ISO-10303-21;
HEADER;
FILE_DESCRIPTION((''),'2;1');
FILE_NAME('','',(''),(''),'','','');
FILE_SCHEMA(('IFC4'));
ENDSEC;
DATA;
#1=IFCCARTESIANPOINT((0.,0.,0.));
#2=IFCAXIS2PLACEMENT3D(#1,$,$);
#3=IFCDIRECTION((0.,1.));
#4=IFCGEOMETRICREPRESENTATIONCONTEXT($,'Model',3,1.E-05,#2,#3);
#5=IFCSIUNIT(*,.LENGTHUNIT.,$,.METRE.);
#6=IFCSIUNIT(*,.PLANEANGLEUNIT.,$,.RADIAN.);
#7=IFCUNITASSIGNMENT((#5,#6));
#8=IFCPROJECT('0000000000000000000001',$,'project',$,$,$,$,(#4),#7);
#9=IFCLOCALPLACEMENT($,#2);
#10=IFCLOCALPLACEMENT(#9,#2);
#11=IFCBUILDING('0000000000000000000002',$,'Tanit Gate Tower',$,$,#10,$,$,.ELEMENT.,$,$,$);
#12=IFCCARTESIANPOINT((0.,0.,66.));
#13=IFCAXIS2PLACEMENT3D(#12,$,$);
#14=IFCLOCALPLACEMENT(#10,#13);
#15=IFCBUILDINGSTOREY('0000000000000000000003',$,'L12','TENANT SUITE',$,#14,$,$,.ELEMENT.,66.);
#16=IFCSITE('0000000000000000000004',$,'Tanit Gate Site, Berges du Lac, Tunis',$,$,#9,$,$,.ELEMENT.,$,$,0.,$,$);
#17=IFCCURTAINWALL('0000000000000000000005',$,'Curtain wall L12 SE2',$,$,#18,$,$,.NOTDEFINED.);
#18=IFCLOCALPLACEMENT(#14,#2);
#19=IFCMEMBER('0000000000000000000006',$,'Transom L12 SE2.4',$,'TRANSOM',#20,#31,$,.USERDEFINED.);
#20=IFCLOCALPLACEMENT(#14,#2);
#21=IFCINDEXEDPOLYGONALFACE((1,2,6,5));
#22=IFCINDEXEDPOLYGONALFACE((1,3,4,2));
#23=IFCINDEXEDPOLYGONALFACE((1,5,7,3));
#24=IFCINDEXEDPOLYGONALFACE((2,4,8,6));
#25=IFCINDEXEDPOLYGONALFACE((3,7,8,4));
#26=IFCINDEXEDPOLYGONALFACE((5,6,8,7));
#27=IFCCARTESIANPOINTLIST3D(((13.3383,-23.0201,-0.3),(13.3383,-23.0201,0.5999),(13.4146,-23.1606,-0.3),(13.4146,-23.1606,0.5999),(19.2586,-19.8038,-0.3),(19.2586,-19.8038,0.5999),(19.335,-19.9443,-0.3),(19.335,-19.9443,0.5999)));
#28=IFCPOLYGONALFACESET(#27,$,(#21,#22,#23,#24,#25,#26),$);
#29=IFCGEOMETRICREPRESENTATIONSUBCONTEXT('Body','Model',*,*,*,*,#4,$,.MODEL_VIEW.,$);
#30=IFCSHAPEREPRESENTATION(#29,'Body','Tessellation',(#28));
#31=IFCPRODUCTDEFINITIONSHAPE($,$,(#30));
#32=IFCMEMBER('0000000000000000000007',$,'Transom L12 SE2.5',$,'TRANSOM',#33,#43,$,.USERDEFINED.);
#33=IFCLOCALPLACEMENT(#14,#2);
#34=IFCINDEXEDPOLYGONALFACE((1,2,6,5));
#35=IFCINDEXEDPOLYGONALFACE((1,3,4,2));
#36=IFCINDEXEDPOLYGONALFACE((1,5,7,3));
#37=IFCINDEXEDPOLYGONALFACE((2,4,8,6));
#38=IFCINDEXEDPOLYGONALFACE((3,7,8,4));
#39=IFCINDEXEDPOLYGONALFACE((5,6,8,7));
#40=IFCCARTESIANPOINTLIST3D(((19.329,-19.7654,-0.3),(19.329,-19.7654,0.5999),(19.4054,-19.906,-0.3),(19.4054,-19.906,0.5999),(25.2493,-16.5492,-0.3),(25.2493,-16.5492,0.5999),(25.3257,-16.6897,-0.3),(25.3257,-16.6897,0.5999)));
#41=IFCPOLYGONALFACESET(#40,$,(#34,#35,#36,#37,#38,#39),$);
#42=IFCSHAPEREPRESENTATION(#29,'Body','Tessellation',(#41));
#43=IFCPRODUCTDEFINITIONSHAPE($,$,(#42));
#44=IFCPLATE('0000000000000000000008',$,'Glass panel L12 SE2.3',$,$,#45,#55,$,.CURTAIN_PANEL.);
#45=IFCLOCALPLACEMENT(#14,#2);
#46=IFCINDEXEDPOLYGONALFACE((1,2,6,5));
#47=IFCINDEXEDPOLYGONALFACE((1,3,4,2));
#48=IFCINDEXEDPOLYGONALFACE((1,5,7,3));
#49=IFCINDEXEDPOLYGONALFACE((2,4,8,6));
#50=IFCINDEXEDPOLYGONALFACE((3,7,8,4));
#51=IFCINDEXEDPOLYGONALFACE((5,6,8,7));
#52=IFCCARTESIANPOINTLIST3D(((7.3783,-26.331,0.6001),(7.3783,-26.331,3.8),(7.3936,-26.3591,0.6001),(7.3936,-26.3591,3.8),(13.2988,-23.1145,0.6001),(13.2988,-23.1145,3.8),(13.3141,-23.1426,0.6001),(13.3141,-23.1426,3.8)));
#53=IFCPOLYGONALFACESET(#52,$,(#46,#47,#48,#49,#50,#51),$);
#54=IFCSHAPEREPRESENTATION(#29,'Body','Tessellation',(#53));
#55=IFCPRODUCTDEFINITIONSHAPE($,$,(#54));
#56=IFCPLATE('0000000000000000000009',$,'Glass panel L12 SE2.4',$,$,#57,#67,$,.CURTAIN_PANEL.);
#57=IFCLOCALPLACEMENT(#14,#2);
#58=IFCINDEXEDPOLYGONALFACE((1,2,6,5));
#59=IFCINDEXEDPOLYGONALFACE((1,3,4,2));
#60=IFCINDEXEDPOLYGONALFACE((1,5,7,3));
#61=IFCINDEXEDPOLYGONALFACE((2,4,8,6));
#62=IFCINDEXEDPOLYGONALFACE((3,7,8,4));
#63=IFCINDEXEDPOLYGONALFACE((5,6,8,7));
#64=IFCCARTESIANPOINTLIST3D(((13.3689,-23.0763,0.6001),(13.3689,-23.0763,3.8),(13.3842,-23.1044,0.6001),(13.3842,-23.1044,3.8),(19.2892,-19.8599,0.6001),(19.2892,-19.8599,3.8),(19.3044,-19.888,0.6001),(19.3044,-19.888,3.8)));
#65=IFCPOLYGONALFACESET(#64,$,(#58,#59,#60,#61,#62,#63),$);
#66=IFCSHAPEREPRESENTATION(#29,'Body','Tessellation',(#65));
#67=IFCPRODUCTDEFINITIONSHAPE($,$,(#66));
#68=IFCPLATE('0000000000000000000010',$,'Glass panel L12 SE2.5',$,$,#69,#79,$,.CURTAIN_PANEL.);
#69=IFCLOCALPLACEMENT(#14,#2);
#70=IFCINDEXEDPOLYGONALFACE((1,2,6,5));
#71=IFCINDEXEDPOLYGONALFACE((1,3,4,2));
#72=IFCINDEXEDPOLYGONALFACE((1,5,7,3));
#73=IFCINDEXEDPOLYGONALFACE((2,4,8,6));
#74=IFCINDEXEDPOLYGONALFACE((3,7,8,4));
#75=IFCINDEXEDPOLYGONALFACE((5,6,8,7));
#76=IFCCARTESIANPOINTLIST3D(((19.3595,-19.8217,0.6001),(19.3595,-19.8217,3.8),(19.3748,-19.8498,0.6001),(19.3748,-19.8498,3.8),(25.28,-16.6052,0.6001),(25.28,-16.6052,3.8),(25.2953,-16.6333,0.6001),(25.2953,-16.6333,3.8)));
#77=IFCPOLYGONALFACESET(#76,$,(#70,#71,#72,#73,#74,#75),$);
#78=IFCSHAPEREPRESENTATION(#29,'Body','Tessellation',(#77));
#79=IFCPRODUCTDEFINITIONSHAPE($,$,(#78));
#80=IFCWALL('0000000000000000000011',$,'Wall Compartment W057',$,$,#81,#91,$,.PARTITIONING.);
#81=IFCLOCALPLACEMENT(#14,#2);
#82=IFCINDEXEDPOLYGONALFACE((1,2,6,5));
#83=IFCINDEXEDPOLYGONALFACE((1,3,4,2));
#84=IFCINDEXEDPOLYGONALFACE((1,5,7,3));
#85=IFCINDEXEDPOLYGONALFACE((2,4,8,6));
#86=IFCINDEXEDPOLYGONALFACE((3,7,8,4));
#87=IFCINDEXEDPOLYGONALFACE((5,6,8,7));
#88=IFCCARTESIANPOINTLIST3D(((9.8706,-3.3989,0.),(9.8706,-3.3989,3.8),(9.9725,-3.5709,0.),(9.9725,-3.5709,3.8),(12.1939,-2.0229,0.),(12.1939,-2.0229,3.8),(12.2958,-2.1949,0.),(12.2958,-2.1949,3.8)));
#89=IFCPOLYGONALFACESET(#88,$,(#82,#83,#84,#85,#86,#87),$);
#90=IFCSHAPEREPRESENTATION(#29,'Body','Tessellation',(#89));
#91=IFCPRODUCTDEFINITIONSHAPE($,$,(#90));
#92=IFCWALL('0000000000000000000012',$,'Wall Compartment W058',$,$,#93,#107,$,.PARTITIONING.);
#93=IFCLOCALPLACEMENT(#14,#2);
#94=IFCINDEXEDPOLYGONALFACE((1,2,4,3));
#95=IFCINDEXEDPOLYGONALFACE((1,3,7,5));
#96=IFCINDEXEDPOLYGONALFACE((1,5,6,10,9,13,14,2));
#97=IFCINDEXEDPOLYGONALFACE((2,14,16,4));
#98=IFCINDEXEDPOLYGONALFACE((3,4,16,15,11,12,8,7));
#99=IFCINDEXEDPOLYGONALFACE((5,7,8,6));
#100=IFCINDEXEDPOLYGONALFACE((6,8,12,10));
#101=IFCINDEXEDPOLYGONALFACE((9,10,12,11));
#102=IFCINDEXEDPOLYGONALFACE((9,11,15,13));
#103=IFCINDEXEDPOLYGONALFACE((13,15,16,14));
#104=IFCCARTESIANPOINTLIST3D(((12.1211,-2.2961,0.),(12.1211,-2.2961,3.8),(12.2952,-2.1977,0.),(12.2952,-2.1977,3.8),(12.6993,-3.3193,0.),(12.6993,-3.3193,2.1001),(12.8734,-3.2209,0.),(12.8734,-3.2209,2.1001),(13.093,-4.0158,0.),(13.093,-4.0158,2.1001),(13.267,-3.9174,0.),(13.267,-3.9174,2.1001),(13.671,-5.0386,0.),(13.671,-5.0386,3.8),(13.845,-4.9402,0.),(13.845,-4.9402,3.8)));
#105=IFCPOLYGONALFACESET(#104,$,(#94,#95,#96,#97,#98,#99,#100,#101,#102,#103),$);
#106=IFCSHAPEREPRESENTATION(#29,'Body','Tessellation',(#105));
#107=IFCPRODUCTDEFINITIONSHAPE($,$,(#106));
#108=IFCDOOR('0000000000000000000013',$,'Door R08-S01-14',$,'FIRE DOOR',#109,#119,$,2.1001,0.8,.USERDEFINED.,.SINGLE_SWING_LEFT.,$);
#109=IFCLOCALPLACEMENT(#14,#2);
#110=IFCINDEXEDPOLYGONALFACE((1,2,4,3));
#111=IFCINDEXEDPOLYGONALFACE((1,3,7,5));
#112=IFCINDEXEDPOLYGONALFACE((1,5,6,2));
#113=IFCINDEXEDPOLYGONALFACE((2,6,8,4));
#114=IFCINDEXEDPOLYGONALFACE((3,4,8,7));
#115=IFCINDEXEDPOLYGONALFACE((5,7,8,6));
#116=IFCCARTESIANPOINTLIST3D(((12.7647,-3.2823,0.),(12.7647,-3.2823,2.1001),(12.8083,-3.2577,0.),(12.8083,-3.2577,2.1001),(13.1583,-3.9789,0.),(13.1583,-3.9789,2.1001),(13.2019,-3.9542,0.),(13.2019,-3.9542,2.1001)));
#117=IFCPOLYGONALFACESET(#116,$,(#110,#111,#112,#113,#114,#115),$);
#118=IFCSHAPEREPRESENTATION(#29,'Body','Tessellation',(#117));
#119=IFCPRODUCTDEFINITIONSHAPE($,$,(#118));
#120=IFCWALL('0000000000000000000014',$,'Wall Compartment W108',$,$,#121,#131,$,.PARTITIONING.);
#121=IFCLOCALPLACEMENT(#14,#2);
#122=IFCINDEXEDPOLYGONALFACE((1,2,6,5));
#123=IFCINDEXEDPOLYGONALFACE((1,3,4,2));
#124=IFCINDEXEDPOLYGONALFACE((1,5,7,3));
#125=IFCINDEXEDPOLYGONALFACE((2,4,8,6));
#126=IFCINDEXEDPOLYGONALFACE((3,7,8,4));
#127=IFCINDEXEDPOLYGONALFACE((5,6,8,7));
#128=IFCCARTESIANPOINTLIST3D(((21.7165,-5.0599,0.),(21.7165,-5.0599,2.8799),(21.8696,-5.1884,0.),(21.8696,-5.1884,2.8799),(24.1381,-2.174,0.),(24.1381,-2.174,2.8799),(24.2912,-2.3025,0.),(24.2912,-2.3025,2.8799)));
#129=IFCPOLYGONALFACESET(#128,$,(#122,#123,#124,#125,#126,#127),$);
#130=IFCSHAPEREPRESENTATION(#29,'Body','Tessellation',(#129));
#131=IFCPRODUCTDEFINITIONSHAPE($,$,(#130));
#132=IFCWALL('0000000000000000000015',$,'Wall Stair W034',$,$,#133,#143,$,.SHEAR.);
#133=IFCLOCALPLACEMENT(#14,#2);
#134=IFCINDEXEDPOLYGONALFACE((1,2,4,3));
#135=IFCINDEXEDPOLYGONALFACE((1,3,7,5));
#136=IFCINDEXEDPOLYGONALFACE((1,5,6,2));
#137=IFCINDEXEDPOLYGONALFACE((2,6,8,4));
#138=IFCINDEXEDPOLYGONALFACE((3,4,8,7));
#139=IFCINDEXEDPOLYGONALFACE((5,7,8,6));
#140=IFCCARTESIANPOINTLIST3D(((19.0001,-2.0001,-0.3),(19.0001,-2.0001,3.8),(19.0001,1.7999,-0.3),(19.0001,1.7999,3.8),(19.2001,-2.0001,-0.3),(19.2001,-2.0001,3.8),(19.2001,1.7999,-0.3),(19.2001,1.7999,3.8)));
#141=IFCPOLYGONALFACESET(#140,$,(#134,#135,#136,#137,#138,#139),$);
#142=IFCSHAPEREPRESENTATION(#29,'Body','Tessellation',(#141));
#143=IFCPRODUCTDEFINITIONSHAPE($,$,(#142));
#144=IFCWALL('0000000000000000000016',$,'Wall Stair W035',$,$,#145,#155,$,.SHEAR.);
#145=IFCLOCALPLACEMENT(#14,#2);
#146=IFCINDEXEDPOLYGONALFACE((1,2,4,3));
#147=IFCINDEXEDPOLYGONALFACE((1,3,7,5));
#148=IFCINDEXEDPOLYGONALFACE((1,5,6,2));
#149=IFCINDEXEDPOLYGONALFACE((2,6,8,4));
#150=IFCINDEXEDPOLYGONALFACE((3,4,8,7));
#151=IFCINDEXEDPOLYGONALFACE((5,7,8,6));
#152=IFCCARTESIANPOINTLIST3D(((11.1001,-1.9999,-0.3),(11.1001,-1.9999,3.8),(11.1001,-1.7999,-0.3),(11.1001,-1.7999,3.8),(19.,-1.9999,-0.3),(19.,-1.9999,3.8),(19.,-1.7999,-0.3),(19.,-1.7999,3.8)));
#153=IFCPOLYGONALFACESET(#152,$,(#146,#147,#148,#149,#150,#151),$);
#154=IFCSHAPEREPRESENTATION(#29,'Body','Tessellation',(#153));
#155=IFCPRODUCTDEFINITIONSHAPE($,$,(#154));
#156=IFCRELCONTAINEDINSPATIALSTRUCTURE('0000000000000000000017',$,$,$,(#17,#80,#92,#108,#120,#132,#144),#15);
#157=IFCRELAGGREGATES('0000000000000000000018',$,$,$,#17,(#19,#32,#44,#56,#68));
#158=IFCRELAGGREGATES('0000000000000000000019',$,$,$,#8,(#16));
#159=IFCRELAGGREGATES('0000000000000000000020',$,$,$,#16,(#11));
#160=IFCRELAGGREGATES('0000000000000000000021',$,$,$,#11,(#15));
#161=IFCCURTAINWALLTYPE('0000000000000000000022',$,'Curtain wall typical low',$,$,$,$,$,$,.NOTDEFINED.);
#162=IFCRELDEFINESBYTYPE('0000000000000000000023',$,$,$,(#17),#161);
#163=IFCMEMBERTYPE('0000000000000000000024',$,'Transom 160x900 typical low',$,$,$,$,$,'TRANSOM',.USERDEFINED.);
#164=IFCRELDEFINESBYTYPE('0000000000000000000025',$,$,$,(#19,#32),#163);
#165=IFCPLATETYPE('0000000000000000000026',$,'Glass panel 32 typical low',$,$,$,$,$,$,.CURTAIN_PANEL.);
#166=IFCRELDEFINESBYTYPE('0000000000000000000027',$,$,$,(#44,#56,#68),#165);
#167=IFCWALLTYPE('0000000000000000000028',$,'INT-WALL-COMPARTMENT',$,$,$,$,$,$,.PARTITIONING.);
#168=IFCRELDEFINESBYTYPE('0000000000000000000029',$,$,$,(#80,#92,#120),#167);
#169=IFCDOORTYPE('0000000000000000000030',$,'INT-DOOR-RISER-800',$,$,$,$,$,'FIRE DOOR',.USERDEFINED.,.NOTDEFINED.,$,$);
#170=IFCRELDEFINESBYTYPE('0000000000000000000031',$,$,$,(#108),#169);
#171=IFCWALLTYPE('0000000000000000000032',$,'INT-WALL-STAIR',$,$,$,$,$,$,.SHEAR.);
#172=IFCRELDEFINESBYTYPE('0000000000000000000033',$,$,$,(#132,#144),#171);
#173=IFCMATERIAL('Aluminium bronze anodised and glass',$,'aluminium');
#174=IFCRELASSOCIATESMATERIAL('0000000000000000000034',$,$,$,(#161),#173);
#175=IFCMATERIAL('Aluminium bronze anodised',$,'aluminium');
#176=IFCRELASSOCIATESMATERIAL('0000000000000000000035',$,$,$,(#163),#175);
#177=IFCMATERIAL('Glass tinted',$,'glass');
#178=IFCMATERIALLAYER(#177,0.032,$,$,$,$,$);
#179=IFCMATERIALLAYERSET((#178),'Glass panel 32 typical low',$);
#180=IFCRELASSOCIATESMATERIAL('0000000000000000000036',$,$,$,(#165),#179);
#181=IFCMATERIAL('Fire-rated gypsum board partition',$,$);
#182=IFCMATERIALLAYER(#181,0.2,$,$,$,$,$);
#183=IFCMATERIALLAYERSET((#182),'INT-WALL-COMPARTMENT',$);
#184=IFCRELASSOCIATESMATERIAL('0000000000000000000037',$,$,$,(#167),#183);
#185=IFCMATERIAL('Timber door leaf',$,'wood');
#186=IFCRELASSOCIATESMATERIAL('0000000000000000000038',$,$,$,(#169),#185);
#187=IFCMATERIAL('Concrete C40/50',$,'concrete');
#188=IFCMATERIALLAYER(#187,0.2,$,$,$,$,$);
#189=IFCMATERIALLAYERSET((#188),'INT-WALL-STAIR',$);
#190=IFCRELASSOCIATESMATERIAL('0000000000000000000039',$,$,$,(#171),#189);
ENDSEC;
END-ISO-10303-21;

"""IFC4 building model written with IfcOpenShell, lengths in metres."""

from ifc_helpers import new_model, si_unit, direction, frame, frame_2d, origin, origin_2d, place, context, subcontext, project, spatial, rectangle, extrude, material, layer, layer_set, material_profile, profile_set, type_object, element, fill, aggregate, save


model = new_model("IFC4")

# Units and contexts
model_context = context("Model", 3, precision=1e-05, world=origin(), true_north=direction((0.0, 1.0)))
body_context = subcontext(model_context, "Body", "Model", "MODEL_VIEW")
ifc_project = project(units=[si_unit("LENGTHUNIT", "METRE"), si_unit("PLANEANGLEUNIT", "RADIAN")], contexts=[model_context])

# Site, building, storey
site_placement = place(None, origin())
site = spatial("IfcSite", under=ifc_project, at=site_placement, Name="Tanit Gate Site, Berges du Lac, Tunis", CompositionType="ELEMENT", RefElevation=0.0)
building_placement = place(site_placement, origin())
building = spatial("IfcBuilding", under=site, at=building_placement, Name="Tanit Gate Tower", CompositionType="ELEMENT")
storey_placement = place(building_placement, frame((0.0, 0.0, 66.0)))
storey = spatial("IfcBuildingStorey", under=building, at=storey_placement, Name="L12", Description="TENANT SUITE", CompositionType="ELEMENT", Elevation=66.0)

# Curtain wall
ifc_material_1 = material(Name="Aluminium bronze anodised and glass", Category="aluminium")
curtain_wall_type = type_object("IfcCurtainWallType", Name="Curtain wall typical low", PredefinedType="NOTDEFINED", material=ifc_material_1)
curtain_wall_placement = place(storey_placement, origin())
curtain_wall = element("IfcCurtainWall", 1, at=curtain_wall_placement, inside=storey, type_object=curtain_wall_type, Name="Curtain wall L12 SE2", PredefinedType="NOTDEFINED")

# Members
ifc_material_2 = material(Name="Aluminium bronze anodised", Category="aluminium")
ifc_material_profile_1 = material_profile(ifc_material_2, rectangle(XDim=0.1599, YDim=0.8999, at=origin_2d()), Name="160x900 bronze transom")
ifc_profile_set_1 = profile_set([ifc_material_profile_1], Name="Aluminium bronze anodised")
member_type_1 = type_object("IfcMemberType", Name="Transom 160x900 typical low", ElementType="TRANSOM", PredefinedType="USERDEFINED", material=ifc_profile_set_1)
member_1_placement = place(storey_placement, frame((13.3765, -23.0903, 0.1499), z_axis=(0.878706, 0.477364, 0.0), x_axis=(-0.477364, 0.878706, 0.0)))
member_1 = element("IfcMember", 2, at=member_1_placement, type_object=member_type_1, Name="Transom L12 SE2.4", ObjectType="TRANSOM", PredefinedType="USERDEFINED", context=body_context, shape_type="SweptSolid", body=[
    extrude(rectangle(XDim=0.1599, YDim=0.8999, at=origin_2d()), origin(), (0.0, 0.0, 1.0), 6.7375),
])
member_2_placement = place(storey_placement, frame((19.3672, -19.8357, 0.1499), z_axis=(0.878706, 0.477364, 0.0), x_axis=(-0.477364, 0.878706, 0.0)))
member_2 = element("IfcMember", 3, at=member_2_placement, type_object=member_type_1, Name="Transom L12 SE2.5", ObjectType="TRANSOM", PredefinedType="USERDEFINED", context=body_context, shape_type="SweptSolid", body=[
    extrude(rectangle(XDim=0.1599, YDim=0.8999, at=origin_2d()), origin(), (0.0, 0.0, 1.0), 6.7375),
])

# Plates
ifc_material_3 = material(Name="Glass tinted", Category="glass")
ifc_layer_1 = layer(ifc_material_3, 0.032)
ifc_layer_set_1 = layer_set([ifc_layer_1], Name="Glass panel 32 typical low")
plate_type = type_object("IfcPlateType", Name="Glass panel 32 typical low", PredefinedType="CURTAIN_PANEL", material=ifc_layer_set_1)
plate_1_placement = place(storey_placement, frame((10.3462, -24.7368, 0.6001), z_axis=(0.0, 0.0, 1.0), x_axis=(0.878696, 0.477381, 0.0)))
plate_1 = element("IfcPlate", 4, at=plate_1_placement, type_object=plate_type, Name="Glass panel L12 SE2.3", PredefinedType="CURTAIN_PANEL", context=body_context, shape_type="SweptSolid", body=[
    extrude(rectangle(XDim=6.7378, YDim=0.032, at=origin_2d()), origin(), (0.0, 0.0, 1.0), 3.2),
])
plate_2_placement = place(storey_placement, frame((16.3367, -21.4822, 0.6001), z_axis=(0.0, 0.0, 1.0), x_axis=(0.878696, 0.477381, 0.0)))
plate_2 = element("IfcPlate", 5, at=plate_2_placement, type_object=plate_type, Name="Glass panel L12 SE2.4", PredefinedType="CURTAIN_PANEL", context=body_context, shape_type="SweptSolid", body=[
    extrude(rectangle(XDim=6.7375, YDim=0.032, at=origin_2d()), origin(), (0.0, 0.0, 1.0), 3.2),
])
plate_3_placement = place(storey_placement, frame((22.3274, -18.2275, 0.6001), z_axis=(0.0, 0.0, 1.0), x_axis=(0.878696, 0.477381, 0.0)))
plate_3 = element("IfcPlate", 6, at=plate_3_placement, type_object=plate_type, Name="Glass panel L12 SE2.5", PredefinedType="CURTAIN_PANEL", context=body_context, shape_type="SweptSolid", body=[
    extrude(rectangle(XDim=6.7378, YDim=0.032, at=origin_2d()), origin(), (0.0, 0.0, 1.0), 3.2),
])
aggregate(curtain_wall, [member_1, member_2, plate_1, plate_2, plate_3])

# Wall
ifc_material_4 = material(Name="Fire-rated gypsum board partition")
ifc_layer_2 = layer(ifc_material_4, 0.2)
ifc_layer_set_2 = layer_set([ifc_layer_2], Name="INT-WALL-COMPARTMENT")
wall_type_1 = type_object("IfcWallType", Name="INT-WALL-COMPARTMENT", PredefinedType="PARTITIONING", material=ifc_layer_set_2)
wall_1_placement = place(storey_placement, frame((12.2449, -2.1089, 0.0), z_axis=(0.0, 0.0, 1.0), x_axis=(-0.860415, -0.509594, 0.0)))
element("IfcWall", 7, at=wall_1_placement, inside=storey, type_object=wall_type_1, Name="Wall Compartment W057", PredefinedType="PARTITIONING", context=body_context, shape_type="SweptSolid", body=[
    extrude(rectangle(XDim=2.7002, YDim=0.2, at=frame_2d((1.3501, 0.0))), origin(), (0.0, 0.0, 1.0), 3.8),
])

# Wall, opening, door
wall_2_placement = place(storey_placement, frame((13.7581, -4.9895, 0.0), z_axis=(0.0, 0.0, 1.0), x_axis=(-0.491993, 0.870599, 0.0)))
wall_2 = element("IfcWall", 8, at=wall_2_placement, inside=storey, type_object=wall_type_1, Name="Wall Compartment W058", PredefinedType="PARTITIONING", context=body_context, shape_type="SweptSolid", body=[
    extrude(rectangle(XDim=3.1501, YDim=0.2, at=frame_2d((1.5752, 0.0))), origin(), (0.0, 0.0, 1.0), 3.8),
])
opening_1_placement = place(wall_2_placement, frame((1.175, 0.0, 0.0)))
opening_1 = element("IfcOpeningElement", 9, at=opening_1_placement, cuts=wall_2, PredefinedType="OPENING", context=body_context, shape_type="SweptSolid", body=[
    extrude(rectangle(XDim=0.8, YDim=2.1001, at=frame_2d((0.3999, 1.05))), frame((0.0, 0.1099, 0.0), z_axis=(0.0, -1.0, 0.0), x_axis=(1.0, 0.0, 0.0)), (0.0, 0.0, 1.0), 0.22),
])
ifc_material_5 = material(Name="Timber door leaf", Category="wood")
door_type_1 = type_object("IfcDoorType", Name="INT-DOOR-RISER-800", ElementType="FIRE DOOR", OperationType="NOTDEFINED", PredefinedType="USERDEFINED", material=ifc_material_5)
door_1_placement = place(opening_1_placement, origin())
door_1 = element("IfcDoor", 10, at=door_1_placement, inside=storey, type_object=door_type_1, Name="Door R08-S01-14", ObjectType="FIRE DOOR", OperationType="SINGLE_SWING_LEFT", OverallHeight=2.1001, OverallWidth=0.8, PredefinedType="USERDEFINED", context=body_context, shape_type="SweptSolid", body=[
    extrude(rectangle(XDim=0.8, YDim=2.1001, at=frame_2d((0.3999, 1.05))), frame((0.0, 0.0249, 0.0), z_axis=(0.0, -1.0, 0.0), x_axis=(1.0, 0.0, 0.0)), (0.0, 0.0, 1.0), 0.05),
])
fill(opening_1, door_1)

# Walls
wall_3_placement = place(storey_placement, frame((21.793, -5.1243, 0.0), z_axis=(0.0, 0.0, 1.0), x_axis=(0.642788, 0.766044, 0.0)))
element("IfcWall", 11, at=wall_3_placement, inside=storey, type_object=wall_type_1, Name="Wall Compartment W108", PredefinedType="PARTITIONING", context=body_context, shape_type="SweptSolid", body=[
    extrude(rectangle(XDim=3.7673, YDim=0.2, at=frame_2d((1.8838, 0.0))), origin(), (0.0, 0.0, 1.0), 2.8799),
])
ifc_material_6 = material(Name="Concrete C40/50", Category="concrete")
ifc_layer_3 = layer(ifc_material_6, 0.2)
ifc_layer_set_3 = layer_set([ifc_layer_3], Name="INT-WALL-STAIR")
wall_type_2 = type_object("IfcWallType", Name="INT-WALL-STAIR", PredefinedType="SHEAR", material=ifc_layer_set_3)
wall_4_placement = place(storey_placement, frame((19.1001, -2.0, -0.3), z_axis=(0.0, 0.0, 1.0), x_axis=(0.0, 1.0, 0.0)))
element("IfcWall", 12, at=wall_4_placement, inside=storey, type_object=wall_type_2, Name="Wall Stair W034", PredefinedType="SHEAR", context=body_context, shape_type="SweptSolid", body=[
    extrude(rectangle(XDim=3.8, YDim=0.2, at=frame_2d((1.8999, 0.0))), origin(), (0.0, 0.0, 1.0), 4.1001),
])
wall_5_placement = place(storey_placement, frame((11.1001, -1.8999, -0.3), z_axis=(0.0, 0.0, 1.0), x_axis=(1.0, 0.0, 0.0)))
element("IfcWall", 13, at=wall_5_placement, inside=storey, type_object=wall_type_2, Name="Wall Stair W035", PredefinedType="SHEAR", context=body_context, shape_type="SweptSolid", body=[
    extrude(rectangle(XDim=7.8999, YDim=0.2, at=frame_2d((3.95, 0.0))), origin(), (0.0, 0.0, 1.0), 4.1001),
])

save(model, "model.ifc")
